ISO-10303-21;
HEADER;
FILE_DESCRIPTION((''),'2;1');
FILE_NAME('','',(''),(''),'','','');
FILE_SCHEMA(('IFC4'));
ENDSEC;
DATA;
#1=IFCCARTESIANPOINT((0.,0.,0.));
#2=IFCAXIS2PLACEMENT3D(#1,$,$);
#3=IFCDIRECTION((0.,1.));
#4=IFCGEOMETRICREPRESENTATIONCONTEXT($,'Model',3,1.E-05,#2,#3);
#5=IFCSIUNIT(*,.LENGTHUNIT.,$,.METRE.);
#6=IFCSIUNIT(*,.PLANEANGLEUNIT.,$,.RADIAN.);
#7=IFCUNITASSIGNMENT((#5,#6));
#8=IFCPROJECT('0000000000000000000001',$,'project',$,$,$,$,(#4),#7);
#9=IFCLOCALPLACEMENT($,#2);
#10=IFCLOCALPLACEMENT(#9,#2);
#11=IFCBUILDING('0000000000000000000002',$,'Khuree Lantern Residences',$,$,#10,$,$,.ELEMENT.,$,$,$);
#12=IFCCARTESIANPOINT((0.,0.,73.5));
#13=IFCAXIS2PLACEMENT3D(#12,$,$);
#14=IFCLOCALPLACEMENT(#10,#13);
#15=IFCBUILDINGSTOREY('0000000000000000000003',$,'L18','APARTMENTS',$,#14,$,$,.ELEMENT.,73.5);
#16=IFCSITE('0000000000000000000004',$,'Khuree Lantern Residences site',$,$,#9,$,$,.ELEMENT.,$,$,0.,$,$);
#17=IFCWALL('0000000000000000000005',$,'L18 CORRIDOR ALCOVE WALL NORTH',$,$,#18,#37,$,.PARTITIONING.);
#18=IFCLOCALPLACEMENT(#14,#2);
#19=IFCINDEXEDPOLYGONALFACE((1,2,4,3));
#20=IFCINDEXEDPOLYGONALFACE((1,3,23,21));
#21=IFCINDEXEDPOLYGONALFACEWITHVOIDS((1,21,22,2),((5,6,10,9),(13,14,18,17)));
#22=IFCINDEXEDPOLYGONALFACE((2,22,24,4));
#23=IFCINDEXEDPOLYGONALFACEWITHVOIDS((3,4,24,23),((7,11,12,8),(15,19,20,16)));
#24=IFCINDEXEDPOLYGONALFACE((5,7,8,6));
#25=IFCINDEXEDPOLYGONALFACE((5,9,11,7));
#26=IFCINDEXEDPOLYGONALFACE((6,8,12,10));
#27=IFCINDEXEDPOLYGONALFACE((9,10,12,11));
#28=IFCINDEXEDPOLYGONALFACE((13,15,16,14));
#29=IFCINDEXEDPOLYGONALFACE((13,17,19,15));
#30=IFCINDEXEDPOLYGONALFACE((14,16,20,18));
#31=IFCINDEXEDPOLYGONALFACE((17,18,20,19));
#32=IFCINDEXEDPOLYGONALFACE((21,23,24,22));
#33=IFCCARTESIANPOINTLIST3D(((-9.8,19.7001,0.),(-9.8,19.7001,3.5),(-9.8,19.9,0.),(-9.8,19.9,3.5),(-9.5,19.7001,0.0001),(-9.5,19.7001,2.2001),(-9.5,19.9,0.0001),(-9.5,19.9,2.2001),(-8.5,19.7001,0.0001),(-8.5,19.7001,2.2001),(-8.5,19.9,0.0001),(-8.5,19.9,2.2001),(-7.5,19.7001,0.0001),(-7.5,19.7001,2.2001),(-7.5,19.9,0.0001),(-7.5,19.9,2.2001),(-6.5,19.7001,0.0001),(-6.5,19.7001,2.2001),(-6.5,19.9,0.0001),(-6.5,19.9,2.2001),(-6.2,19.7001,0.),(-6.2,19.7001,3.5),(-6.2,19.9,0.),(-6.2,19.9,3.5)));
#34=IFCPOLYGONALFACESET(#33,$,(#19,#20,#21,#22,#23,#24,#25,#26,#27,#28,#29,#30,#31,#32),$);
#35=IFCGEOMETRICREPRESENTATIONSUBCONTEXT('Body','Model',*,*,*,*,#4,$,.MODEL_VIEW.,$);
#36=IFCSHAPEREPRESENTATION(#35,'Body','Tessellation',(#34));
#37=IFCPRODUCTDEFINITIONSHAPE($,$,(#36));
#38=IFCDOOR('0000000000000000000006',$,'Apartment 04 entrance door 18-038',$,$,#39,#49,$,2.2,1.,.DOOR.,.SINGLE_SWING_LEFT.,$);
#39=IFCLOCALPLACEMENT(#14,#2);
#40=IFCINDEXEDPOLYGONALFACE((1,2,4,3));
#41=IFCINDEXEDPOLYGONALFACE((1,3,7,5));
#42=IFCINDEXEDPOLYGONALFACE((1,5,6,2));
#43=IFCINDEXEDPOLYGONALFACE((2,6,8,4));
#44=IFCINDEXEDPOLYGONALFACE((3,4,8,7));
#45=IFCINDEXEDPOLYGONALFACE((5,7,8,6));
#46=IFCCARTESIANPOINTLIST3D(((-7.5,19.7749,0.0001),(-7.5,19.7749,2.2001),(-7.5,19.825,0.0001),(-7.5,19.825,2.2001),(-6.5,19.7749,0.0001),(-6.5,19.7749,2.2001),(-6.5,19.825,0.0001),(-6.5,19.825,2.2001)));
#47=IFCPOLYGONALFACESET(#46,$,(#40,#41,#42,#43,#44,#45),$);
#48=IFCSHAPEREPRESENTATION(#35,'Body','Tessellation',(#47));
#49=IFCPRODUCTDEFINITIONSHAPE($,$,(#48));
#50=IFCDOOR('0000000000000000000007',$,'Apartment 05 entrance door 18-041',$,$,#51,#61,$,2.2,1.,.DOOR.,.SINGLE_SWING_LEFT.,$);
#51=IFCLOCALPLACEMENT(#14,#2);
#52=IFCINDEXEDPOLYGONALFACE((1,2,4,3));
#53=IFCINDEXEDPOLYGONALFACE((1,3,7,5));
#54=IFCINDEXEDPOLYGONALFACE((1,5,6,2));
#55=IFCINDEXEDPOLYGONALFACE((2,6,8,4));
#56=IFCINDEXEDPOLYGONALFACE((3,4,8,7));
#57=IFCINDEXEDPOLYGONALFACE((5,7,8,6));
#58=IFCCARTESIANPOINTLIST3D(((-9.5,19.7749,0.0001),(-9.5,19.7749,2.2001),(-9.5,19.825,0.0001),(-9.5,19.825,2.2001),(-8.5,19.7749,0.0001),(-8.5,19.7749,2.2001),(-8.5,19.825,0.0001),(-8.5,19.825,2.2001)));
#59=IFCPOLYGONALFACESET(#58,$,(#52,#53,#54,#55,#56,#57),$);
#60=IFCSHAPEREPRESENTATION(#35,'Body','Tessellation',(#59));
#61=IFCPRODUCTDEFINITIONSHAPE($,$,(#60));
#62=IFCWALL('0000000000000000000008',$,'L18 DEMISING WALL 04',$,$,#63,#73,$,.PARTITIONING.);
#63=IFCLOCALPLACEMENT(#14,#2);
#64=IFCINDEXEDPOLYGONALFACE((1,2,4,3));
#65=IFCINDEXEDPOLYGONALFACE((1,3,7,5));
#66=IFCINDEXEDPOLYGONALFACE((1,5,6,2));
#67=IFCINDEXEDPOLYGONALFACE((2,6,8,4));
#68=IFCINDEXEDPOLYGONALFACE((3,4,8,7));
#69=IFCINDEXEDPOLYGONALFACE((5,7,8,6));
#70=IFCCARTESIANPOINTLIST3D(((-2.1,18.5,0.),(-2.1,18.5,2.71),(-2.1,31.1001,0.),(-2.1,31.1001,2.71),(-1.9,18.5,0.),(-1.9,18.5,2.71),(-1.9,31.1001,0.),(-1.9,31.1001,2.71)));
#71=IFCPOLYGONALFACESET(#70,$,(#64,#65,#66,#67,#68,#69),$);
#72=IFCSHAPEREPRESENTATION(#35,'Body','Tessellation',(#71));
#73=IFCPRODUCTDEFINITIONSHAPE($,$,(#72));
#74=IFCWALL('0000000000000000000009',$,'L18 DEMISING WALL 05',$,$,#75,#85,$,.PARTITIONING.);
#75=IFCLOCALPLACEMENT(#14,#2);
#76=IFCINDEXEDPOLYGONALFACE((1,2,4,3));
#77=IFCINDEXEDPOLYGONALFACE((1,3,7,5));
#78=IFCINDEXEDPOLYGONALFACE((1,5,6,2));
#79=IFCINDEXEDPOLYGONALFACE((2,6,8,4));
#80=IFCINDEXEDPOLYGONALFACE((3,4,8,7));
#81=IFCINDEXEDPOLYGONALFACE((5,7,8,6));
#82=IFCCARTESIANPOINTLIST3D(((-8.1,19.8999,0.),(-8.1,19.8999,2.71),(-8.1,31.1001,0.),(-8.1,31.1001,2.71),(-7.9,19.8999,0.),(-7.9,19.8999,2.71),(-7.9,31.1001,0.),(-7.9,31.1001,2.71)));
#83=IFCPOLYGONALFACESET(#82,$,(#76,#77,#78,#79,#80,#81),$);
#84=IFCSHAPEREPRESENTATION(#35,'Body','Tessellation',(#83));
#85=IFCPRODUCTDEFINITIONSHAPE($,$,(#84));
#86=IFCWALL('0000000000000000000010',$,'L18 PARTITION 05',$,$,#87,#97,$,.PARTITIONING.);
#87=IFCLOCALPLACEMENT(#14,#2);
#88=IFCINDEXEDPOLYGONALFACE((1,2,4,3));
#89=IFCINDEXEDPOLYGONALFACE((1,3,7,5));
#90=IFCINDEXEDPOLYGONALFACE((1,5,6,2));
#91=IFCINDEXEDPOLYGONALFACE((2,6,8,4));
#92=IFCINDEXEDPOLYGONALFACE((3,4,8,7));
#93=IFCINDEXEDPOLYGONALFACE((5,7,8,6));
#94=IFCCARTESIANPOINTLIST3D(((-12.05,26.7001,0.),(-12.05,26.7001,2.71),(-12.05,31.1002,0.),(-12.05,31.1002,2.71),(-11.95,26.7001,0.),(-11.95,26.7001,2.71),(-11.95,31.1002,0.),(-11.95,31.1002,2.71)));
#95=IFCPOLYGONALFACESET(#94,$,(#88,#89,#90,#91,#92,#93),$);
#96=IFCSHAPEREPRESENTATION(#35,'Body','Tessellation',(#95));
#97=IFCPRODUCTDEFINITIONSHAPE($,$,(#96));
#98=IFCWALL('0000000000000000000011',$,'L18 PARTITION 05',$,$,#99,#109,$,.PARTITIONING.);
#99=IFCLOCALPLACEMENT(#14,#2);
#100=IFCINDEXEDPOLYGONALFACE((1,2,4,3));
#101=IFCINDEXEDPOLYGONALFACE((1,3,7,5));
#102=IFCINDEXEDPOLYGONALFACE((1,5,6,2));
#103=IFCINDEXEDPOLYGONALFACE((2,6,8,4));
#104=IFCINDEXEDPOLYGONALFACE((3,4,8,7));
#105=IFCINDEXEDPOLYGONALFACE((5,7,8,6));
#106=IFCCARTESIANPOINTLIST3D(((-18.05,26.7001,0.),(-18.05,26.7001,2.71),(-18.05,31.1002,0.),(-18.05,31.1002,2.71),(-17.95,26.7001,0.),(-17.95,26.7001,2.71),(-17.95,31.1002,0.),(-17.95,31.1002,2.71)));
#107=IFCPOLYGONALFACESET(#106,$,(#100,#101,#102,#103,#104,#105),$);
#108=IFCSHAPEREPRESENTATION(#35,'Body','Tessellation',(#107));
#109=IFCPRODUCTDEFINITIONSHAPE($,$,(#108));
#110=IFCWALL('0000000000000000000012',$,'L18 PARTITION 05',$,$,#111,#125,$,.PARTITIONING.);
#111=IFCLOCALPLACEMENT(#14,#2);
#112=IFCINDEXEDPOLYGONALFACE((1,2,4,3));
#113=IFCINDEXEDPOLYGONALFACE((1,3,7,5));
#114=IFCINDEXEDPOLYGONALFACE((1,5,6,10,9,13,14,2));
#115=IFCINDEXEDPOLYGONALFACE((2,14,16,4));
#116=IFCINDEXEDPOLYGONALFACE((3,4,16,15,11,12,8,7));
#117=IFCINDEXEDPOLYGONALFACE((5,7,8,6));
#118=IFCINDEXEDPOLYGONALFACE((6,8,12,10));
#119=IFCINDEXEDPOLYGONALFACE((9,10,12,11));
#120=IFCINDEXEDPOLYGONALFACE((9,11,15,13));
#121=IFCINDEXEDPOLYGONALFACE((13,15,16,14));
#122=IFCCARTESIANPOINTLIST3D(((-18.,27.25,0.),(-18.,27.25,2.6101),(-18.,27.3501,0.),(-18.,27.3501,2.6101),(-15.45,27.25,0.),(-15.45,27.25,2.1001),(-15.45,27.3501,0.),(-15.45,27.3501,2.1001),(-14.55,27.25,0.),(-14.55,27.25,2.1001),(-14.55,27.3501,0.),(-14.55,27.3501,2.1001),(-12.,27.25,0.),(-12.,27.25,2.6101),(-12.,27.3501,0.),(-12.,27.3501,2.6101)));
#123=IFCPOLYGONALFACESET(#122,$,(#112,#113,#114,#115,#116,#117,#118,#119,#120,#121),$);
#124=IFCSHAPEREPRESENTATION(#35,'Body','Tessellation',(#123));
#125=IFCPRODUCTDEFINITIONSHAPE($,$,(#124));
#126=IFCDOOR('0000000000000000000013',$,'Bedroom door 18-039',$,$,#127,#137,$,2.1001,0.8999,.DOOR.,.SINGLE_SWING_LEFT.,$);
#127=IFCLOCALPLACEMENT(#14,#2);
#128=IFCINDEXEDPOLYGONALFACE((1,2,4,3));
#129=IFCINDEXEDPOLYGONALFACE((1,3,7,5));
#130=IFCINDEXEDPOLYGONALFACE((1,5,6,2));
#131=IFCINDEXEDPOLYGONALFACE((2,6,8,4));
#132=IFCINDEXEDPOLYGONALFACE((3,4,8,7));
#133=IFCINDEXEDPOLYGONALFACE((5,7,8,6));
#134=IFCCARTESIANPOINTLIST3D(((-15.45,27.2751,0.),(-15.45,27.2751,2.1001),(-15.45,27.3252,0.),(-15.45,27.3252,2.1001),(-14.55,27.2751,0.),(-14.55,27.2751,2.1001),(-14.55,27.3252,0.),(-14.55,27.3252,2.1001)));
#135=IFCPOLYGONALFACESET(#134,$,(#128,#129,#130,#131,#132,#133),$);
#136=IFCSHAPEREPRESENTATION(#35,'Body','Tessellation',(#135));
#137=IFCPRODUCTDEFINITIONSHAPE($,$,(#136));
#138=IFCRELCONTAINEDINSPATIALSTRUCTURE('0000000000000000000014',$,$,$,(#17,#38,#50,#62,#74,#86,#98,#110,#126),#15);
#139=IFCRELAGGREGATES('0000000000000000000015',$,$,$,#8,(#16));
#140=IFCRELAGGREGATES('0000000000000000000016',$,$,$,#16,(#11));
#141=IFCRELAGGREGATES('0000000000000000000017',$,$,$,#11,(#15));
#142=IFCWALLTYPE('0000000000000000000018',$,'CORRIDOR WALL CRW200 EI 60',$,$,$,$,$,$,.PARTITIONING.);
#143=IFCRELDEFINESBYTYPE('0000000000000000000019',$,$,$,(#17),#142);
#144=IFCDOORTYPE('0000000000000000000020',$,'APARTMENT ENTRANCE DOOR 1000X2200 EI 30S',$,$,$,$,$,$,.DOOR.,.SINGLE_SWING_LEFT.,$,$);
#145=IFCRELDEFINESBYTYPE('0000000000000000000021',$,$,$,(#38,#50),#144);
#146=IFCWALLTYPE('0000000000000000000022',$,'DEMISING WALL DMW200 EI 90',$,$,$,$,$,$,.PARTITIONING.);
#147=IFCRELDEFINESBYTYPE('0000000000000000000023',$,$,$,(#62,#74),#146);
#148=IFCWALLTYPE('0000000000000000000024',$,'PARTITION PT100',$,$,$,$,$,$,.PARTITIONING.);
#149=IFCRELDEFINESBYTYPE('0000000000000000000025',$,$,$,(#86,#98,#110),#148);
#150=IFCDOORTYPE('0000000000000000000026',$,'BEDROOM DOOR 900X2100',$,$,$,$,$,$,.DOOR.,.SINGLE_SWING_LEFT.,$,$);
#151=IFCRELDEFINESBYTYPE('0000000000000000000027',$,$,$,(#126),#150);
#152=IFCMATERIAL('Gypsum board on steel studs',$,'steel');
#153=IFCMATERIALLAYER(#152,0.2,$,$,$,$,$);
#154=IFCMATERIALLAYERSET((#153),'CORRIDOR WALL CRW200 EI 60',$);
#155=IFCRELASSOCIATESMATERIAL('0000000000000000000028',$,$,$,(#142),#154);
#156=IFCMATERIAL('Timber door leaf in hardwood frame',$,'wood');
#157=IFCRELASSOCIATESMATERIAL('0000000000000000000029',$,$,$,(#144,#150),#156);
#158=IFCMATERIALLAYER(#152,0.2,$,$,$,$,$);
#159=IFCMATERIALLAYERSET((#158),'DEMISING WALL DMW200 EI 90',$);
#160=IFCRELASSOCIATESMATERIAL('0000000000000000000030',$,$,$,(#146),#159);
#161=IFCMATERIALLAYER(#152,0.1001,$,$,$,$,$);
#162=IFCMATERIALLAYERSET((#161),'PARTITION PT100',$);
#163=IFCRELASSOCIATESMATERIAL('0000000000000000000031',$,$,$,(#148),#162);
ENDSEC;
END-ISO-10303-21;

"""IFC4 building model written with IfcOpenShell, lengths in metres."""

from ifc_helpers import new_model, si_unit, direction, frame, frame_2d, origin, place, context, subcontext, project, spatial, rectangle, extrude, material, layer, layer_set, type_object, element, fill, save


model = new_model("IFC4")

# Units and contexts
model_context = context("Model", 3, precision=1e-05, world=origin(), true_north=direction((0.0, 1.0)))
body_context = subcontext(model_context, "Body", "Model", "MODEL_VIEW")
ifc_project = project(units=[si_unit("LENGTHUNIT", "METRE"), si_unit("PLANEANGLEUNIT", "RADIAN")], contexts=[model_context])

# Site, building, storey
site_placement = place(None, origin())
site = spatial("IfcSite", under=ifc_project, at=site_placement, Name="Khuree Lantern Residences site", CompositionType="ELEMENT", RefElevation=0.0)
building_placement = place(site_placement, origin())
building = spatial("IfcBuilding", under=site, at=building_placement, Name="Khuree Lantern Residences", CompositionType="ELEMENT")
storey_placement = place(building_placement, frame((0.0, 0.0, 73.5)))
storey = spatial("IfcBuildingStorey", under=building, at=storey_placement, Name="L18", Description="APARTMENTS", CompositionType="ELEMENT", Elevation=73.5)

# Shared definitions
ifc_material_1 = material(Name="Timber door leaf in hardwood frame", Category="wood")

# Wall, openings, doors
ifc_material_2 = material(Name="Gypsum board on steel studs", Category="steel")
ifc_layer_1 = layer(ifc_material_2, 0.2)
ifc_layer_set_1 = layer_set([ifc_layer_1], Name="CORRIDOR WALL CRW200 EI 60")
wall_type_1 = type_object("IfcWallType", Name="CORRIDOR WALL CRW200 EI 60", PredefinedType="PARTITIONING", material=ifc_layer_set_1)
wall_1_placement = place(storey_placement, frame((-9.8, 19.8, 0.0), z_axis=(0.0, 0.0, 1.0), x_axis=(1.0, 0.0, 0.0)))
wall_1 = element("IfcWall", 1, at=wall_1_placement, inside=storey, type_object=wall_type_1, Name="L18 CORRIDOR ALCOVE WALL NORTH", PredefinedType="PARTITIONING", context=body_context, shape_type="SweptSolid", body=[
    extrude(rectangle(XDim=3.6001, YDim=0.2, at=frame_2d((1.8, 0.0))), origin(), (0.0, 0.0, 1.0), 3.5),
])
opening_1_placement = place(wall_1_placement, frame((2.3, 0.0, 0.0)))
opening_1 = element("IfcOpeningElement", 2, at=opening_1_placement, cuts=wall_1, PredefinedType="OPENING", context=body_context, shape_type="SweptSolid", body=[
    extrude(rectangle(XDim=1.0, YDim=2.2, at=frame_2d((0.5, 1.1001))), frame((0.0, 0.1099, 0.0), z_axis=(0.0, -1.0, 0.0), x_axis=(1.0, 0.0, 0.0)), (0.0, 0.0, 1.0), 0.22),
])
opening_2_placement = place(wall_1_placement, frame((0.3, 0.0, 0.0)))
opening_2 = element("IfcOpeningElement", 3, at=opening_2_placement, cuts=wall_1, PredefinedType="OPENING", context=body_context, shape_type="SweptSolid", body=[
    extrude(rectangle(XDim=1.0, YDim=2.2, at=frame_2d((0.5, 1.1001))), frame((0.0, 0.1099, 0.0), z_axis=(0.0, -1.0, 0.0), x_axis=(1.0, 0.0, 0.0)), (0.0, 0.0, 1.0), 0.22),
])
door_type_1 = type_object("IfcDoorType", Name="APARTMENT ENTRANCE DOOR 1000X2200 EI 30S", OperationType="SINGLE_SWING_LEFT", PredefinedType="DOOR", material=ifc_material_1)
door_1_placement = place(opening_1_placement, origin())
door_1 = element("IfcDoor", 4, at=door_1_placement, inside=storey, type_object=door_type_1, Name="Apartment 04 entrance door 18-038", OperationType="SINGLE_SWING_LEFT", OverallHeight=2.2, OverallWidth=1.0, PredefinedType="DOOR", context=body_context, shape_type="SweptSolid", body=[
    extrude(rectangle(XDim=1.0, YDim=2.2, at=frame_2d((0.5, 1.1001))), frame((0.0, 0.0249, 0.0), z_axis=(0.0, -1.0, 0.0), x_axis=(1.0, 0.0, 0.0)), (0.0, 0.0, 1.0), 0.05),
])
fill(opening_1, door_1)
door_2_placement = place(opening_2_placement, origin())
door_2 = element("IfcDoor", 5, at=door_2_placement, inside=storey, type_object=door_type_1, Name="Apartment 05 entrance door 18-041", OperationType="SINGLE_SWING_LEFT", OverallHeight=2.2, OverallWidth=1.0, PredefinedType="DOOR", context=body_context, shape_type="SweptSolid", body=[
    extrude(rectangle(XDim=1.0, YDim=2.2, at=frame_2d((0.5, 1.1001))), frame((0.0, 0.0249, 0.0), z_axis=(0.0, -1.0, 0.0), x_axis=(1.0, 0.0, 0.0)), (0.0, 0.0, 1.0), 0.05),
])
fill(opening_2, door_2)

# Walls
ifc_layer_2 = layer(ifc_material_2, 0.2)
ifc_layer_set_2 = layer_set([ifc_layer_2], Name="DEMISING WALL DMW200 EI 90")
wall_type_2 = type_object("IfcWallType", Name="DEMISING WALL DMW200 EI 90", PredefinedType="PARTITIONING", material=ifc_layer_set_2)
wall_2_placement = place(storey_placement, frame((-2.0, 18.5, 0.0), z_axis=(0.0, 0.0, 1.0), x_axis=(0.0, 1.0, 0.0)))
element("IfcWall", 6, at=wall_2_placement, inside=storey, type_object=wall_type_2, Name="L18 DEMISING WALL 04", PredefinedType="PARTITIONING", context=body_context, shape_type="SweptSolid", body=[
    extrude(rectangle(XDim=12.6001, YDim=0.2, at=frame_2d((6.3, 0.0))), origin(), (0.0, 0.0, 1.0), 2.71),
])
wall_3_placement = place(storey_placement, frame((-8.0, 19.8999, 0.0), z_axis=(0.0, 0.0, 1.0), x_axis=(0.0, 1.0, 0.0)))
element("IfcWall", 7, at=wall_3_placement, inside=storey, type_object=wall_type_2, Name="L18 DEMISING WALL 05", PredefinedType="PARTITIONING", context=body_context, shape_type="SweptSolid", body=[
    extrude(rectangle(XDim=11.2002, YDim=0.2, at=frame_2d((5.6001, 0.0))), origin(), (0.0, 0.0, 1.0), 2.71),
])
ifc_layer_3 = layer(ifc_material_2, 0.1001)
ifc_layer_set_3 = layer_set([ifc_layer_3], Name="PARTITION PT100")
wall_type_3 = type_object("IfcWallType", Name="PARTITION PT100", PredefinedType="PARTITIONING", material=ifc_layer_set_3)
for number, where, z_axis, x_axis, name in (
    (8, (-12.0, 26.7, 0.0), (0.0, 0.0, 1.0), (0.0, 1.0, 0.0), "L18 PARTITION 05"),
    (9, (-18.0, 26.7, 0.0), (0.0, 0.0, 1.0), (0.0, 1.0, 0.0), "L18 PARTITION 05"),
):
    element("IfcWall", number, at=place(storey_placement, frame(where, z_axis=z_axis, x_axis=x_axis)), inside=storey, type_object=wall_type_3, Name=name, PredefinedType="PARTITIONING", context=body_context, shape_type="SweptSolid", body=[
        extrude(rectangle(XDim=4.4001, YDim=0.1001, at=frame_2d((2.2002, 0.0))), origin(), (0.0, 0.0, 1.0), 2.71),
    ])

# Wall, opening, door
wall_4_placement = place(storey_placement, frame((-12.0, 27.3, 0.0), z_axis=(0.0, 0.0, 1.0), x_axis=(-1.0, 0.0, 0.0)))
wall_4 = element("IfcWall", 10, at=wall_4_placement, inside=storey, type_object=wall_type_3, Name="L18 PARTITION 05", PredefinedType="PARTITIONING", context=body_context, shape_type="SweptSolid", body=[
    extrude(rectangle(XDim=6.0, YDim=0.1001, at=frame_2d((3.0, 0.0))), origin(), (0.0, 0.0, 1.0), 2.6101),
])
opening_3_placement = place(wall_4_placement, frame((2.55, 0.0, 0.0)))
opening_3 = element("IfcOpeningElement", 11, at=opening_3_placement, cuts=wall_4, PredefinedType="OPENING", context=body_context, shape_type="SweptSolid", body=[
    extrude(rectangle(XDim=0.8999, YDim=2.1001, at=frame_2d((0.45, 1.05))), frame((0.0, 0.0601, 0.0), z_axis=(0.0, -1.0, 0.0), x_axis=(1.0, 0.0, 0.0)), (0.0, 0.0, 1.0), 0.1201),
])
door_type_2 = type_object("IfcDoorType", Name="BEDROOM DOOR 900X2100", OperationType="SINGLE_SWING_LEFT", PredefinedType="DOOR", material=ifc_material_1)
door_3_placement = place(opening_3_placement, origin())
door_3 = element("IfcDoor", 12, at=door_3_placement, inside=storey, type_object=door_type_2, Name="Bedroom door 18-039", OperationType="SINGLE_SWING_LEFT", OverallHeight=2.1001, OverallWidth=0.8999, PredefinedType="DOOR", context=body_context, shape_type="SweptSolid", body=[
    extrude(rectangle(XDim=0.8999, YDim=2.1001, at=frame_2d((0.45, 1.05))), frame((0.0, 0.0249, 0.0), z_axis=(0.0, -1.0, 0.0), x_axis=(1.0, 0.0, 0.0)), (0.0, 0.0, 1.0), 0.05),
])
fill(opening_3, door_3)

save(model, "model.ifc")
